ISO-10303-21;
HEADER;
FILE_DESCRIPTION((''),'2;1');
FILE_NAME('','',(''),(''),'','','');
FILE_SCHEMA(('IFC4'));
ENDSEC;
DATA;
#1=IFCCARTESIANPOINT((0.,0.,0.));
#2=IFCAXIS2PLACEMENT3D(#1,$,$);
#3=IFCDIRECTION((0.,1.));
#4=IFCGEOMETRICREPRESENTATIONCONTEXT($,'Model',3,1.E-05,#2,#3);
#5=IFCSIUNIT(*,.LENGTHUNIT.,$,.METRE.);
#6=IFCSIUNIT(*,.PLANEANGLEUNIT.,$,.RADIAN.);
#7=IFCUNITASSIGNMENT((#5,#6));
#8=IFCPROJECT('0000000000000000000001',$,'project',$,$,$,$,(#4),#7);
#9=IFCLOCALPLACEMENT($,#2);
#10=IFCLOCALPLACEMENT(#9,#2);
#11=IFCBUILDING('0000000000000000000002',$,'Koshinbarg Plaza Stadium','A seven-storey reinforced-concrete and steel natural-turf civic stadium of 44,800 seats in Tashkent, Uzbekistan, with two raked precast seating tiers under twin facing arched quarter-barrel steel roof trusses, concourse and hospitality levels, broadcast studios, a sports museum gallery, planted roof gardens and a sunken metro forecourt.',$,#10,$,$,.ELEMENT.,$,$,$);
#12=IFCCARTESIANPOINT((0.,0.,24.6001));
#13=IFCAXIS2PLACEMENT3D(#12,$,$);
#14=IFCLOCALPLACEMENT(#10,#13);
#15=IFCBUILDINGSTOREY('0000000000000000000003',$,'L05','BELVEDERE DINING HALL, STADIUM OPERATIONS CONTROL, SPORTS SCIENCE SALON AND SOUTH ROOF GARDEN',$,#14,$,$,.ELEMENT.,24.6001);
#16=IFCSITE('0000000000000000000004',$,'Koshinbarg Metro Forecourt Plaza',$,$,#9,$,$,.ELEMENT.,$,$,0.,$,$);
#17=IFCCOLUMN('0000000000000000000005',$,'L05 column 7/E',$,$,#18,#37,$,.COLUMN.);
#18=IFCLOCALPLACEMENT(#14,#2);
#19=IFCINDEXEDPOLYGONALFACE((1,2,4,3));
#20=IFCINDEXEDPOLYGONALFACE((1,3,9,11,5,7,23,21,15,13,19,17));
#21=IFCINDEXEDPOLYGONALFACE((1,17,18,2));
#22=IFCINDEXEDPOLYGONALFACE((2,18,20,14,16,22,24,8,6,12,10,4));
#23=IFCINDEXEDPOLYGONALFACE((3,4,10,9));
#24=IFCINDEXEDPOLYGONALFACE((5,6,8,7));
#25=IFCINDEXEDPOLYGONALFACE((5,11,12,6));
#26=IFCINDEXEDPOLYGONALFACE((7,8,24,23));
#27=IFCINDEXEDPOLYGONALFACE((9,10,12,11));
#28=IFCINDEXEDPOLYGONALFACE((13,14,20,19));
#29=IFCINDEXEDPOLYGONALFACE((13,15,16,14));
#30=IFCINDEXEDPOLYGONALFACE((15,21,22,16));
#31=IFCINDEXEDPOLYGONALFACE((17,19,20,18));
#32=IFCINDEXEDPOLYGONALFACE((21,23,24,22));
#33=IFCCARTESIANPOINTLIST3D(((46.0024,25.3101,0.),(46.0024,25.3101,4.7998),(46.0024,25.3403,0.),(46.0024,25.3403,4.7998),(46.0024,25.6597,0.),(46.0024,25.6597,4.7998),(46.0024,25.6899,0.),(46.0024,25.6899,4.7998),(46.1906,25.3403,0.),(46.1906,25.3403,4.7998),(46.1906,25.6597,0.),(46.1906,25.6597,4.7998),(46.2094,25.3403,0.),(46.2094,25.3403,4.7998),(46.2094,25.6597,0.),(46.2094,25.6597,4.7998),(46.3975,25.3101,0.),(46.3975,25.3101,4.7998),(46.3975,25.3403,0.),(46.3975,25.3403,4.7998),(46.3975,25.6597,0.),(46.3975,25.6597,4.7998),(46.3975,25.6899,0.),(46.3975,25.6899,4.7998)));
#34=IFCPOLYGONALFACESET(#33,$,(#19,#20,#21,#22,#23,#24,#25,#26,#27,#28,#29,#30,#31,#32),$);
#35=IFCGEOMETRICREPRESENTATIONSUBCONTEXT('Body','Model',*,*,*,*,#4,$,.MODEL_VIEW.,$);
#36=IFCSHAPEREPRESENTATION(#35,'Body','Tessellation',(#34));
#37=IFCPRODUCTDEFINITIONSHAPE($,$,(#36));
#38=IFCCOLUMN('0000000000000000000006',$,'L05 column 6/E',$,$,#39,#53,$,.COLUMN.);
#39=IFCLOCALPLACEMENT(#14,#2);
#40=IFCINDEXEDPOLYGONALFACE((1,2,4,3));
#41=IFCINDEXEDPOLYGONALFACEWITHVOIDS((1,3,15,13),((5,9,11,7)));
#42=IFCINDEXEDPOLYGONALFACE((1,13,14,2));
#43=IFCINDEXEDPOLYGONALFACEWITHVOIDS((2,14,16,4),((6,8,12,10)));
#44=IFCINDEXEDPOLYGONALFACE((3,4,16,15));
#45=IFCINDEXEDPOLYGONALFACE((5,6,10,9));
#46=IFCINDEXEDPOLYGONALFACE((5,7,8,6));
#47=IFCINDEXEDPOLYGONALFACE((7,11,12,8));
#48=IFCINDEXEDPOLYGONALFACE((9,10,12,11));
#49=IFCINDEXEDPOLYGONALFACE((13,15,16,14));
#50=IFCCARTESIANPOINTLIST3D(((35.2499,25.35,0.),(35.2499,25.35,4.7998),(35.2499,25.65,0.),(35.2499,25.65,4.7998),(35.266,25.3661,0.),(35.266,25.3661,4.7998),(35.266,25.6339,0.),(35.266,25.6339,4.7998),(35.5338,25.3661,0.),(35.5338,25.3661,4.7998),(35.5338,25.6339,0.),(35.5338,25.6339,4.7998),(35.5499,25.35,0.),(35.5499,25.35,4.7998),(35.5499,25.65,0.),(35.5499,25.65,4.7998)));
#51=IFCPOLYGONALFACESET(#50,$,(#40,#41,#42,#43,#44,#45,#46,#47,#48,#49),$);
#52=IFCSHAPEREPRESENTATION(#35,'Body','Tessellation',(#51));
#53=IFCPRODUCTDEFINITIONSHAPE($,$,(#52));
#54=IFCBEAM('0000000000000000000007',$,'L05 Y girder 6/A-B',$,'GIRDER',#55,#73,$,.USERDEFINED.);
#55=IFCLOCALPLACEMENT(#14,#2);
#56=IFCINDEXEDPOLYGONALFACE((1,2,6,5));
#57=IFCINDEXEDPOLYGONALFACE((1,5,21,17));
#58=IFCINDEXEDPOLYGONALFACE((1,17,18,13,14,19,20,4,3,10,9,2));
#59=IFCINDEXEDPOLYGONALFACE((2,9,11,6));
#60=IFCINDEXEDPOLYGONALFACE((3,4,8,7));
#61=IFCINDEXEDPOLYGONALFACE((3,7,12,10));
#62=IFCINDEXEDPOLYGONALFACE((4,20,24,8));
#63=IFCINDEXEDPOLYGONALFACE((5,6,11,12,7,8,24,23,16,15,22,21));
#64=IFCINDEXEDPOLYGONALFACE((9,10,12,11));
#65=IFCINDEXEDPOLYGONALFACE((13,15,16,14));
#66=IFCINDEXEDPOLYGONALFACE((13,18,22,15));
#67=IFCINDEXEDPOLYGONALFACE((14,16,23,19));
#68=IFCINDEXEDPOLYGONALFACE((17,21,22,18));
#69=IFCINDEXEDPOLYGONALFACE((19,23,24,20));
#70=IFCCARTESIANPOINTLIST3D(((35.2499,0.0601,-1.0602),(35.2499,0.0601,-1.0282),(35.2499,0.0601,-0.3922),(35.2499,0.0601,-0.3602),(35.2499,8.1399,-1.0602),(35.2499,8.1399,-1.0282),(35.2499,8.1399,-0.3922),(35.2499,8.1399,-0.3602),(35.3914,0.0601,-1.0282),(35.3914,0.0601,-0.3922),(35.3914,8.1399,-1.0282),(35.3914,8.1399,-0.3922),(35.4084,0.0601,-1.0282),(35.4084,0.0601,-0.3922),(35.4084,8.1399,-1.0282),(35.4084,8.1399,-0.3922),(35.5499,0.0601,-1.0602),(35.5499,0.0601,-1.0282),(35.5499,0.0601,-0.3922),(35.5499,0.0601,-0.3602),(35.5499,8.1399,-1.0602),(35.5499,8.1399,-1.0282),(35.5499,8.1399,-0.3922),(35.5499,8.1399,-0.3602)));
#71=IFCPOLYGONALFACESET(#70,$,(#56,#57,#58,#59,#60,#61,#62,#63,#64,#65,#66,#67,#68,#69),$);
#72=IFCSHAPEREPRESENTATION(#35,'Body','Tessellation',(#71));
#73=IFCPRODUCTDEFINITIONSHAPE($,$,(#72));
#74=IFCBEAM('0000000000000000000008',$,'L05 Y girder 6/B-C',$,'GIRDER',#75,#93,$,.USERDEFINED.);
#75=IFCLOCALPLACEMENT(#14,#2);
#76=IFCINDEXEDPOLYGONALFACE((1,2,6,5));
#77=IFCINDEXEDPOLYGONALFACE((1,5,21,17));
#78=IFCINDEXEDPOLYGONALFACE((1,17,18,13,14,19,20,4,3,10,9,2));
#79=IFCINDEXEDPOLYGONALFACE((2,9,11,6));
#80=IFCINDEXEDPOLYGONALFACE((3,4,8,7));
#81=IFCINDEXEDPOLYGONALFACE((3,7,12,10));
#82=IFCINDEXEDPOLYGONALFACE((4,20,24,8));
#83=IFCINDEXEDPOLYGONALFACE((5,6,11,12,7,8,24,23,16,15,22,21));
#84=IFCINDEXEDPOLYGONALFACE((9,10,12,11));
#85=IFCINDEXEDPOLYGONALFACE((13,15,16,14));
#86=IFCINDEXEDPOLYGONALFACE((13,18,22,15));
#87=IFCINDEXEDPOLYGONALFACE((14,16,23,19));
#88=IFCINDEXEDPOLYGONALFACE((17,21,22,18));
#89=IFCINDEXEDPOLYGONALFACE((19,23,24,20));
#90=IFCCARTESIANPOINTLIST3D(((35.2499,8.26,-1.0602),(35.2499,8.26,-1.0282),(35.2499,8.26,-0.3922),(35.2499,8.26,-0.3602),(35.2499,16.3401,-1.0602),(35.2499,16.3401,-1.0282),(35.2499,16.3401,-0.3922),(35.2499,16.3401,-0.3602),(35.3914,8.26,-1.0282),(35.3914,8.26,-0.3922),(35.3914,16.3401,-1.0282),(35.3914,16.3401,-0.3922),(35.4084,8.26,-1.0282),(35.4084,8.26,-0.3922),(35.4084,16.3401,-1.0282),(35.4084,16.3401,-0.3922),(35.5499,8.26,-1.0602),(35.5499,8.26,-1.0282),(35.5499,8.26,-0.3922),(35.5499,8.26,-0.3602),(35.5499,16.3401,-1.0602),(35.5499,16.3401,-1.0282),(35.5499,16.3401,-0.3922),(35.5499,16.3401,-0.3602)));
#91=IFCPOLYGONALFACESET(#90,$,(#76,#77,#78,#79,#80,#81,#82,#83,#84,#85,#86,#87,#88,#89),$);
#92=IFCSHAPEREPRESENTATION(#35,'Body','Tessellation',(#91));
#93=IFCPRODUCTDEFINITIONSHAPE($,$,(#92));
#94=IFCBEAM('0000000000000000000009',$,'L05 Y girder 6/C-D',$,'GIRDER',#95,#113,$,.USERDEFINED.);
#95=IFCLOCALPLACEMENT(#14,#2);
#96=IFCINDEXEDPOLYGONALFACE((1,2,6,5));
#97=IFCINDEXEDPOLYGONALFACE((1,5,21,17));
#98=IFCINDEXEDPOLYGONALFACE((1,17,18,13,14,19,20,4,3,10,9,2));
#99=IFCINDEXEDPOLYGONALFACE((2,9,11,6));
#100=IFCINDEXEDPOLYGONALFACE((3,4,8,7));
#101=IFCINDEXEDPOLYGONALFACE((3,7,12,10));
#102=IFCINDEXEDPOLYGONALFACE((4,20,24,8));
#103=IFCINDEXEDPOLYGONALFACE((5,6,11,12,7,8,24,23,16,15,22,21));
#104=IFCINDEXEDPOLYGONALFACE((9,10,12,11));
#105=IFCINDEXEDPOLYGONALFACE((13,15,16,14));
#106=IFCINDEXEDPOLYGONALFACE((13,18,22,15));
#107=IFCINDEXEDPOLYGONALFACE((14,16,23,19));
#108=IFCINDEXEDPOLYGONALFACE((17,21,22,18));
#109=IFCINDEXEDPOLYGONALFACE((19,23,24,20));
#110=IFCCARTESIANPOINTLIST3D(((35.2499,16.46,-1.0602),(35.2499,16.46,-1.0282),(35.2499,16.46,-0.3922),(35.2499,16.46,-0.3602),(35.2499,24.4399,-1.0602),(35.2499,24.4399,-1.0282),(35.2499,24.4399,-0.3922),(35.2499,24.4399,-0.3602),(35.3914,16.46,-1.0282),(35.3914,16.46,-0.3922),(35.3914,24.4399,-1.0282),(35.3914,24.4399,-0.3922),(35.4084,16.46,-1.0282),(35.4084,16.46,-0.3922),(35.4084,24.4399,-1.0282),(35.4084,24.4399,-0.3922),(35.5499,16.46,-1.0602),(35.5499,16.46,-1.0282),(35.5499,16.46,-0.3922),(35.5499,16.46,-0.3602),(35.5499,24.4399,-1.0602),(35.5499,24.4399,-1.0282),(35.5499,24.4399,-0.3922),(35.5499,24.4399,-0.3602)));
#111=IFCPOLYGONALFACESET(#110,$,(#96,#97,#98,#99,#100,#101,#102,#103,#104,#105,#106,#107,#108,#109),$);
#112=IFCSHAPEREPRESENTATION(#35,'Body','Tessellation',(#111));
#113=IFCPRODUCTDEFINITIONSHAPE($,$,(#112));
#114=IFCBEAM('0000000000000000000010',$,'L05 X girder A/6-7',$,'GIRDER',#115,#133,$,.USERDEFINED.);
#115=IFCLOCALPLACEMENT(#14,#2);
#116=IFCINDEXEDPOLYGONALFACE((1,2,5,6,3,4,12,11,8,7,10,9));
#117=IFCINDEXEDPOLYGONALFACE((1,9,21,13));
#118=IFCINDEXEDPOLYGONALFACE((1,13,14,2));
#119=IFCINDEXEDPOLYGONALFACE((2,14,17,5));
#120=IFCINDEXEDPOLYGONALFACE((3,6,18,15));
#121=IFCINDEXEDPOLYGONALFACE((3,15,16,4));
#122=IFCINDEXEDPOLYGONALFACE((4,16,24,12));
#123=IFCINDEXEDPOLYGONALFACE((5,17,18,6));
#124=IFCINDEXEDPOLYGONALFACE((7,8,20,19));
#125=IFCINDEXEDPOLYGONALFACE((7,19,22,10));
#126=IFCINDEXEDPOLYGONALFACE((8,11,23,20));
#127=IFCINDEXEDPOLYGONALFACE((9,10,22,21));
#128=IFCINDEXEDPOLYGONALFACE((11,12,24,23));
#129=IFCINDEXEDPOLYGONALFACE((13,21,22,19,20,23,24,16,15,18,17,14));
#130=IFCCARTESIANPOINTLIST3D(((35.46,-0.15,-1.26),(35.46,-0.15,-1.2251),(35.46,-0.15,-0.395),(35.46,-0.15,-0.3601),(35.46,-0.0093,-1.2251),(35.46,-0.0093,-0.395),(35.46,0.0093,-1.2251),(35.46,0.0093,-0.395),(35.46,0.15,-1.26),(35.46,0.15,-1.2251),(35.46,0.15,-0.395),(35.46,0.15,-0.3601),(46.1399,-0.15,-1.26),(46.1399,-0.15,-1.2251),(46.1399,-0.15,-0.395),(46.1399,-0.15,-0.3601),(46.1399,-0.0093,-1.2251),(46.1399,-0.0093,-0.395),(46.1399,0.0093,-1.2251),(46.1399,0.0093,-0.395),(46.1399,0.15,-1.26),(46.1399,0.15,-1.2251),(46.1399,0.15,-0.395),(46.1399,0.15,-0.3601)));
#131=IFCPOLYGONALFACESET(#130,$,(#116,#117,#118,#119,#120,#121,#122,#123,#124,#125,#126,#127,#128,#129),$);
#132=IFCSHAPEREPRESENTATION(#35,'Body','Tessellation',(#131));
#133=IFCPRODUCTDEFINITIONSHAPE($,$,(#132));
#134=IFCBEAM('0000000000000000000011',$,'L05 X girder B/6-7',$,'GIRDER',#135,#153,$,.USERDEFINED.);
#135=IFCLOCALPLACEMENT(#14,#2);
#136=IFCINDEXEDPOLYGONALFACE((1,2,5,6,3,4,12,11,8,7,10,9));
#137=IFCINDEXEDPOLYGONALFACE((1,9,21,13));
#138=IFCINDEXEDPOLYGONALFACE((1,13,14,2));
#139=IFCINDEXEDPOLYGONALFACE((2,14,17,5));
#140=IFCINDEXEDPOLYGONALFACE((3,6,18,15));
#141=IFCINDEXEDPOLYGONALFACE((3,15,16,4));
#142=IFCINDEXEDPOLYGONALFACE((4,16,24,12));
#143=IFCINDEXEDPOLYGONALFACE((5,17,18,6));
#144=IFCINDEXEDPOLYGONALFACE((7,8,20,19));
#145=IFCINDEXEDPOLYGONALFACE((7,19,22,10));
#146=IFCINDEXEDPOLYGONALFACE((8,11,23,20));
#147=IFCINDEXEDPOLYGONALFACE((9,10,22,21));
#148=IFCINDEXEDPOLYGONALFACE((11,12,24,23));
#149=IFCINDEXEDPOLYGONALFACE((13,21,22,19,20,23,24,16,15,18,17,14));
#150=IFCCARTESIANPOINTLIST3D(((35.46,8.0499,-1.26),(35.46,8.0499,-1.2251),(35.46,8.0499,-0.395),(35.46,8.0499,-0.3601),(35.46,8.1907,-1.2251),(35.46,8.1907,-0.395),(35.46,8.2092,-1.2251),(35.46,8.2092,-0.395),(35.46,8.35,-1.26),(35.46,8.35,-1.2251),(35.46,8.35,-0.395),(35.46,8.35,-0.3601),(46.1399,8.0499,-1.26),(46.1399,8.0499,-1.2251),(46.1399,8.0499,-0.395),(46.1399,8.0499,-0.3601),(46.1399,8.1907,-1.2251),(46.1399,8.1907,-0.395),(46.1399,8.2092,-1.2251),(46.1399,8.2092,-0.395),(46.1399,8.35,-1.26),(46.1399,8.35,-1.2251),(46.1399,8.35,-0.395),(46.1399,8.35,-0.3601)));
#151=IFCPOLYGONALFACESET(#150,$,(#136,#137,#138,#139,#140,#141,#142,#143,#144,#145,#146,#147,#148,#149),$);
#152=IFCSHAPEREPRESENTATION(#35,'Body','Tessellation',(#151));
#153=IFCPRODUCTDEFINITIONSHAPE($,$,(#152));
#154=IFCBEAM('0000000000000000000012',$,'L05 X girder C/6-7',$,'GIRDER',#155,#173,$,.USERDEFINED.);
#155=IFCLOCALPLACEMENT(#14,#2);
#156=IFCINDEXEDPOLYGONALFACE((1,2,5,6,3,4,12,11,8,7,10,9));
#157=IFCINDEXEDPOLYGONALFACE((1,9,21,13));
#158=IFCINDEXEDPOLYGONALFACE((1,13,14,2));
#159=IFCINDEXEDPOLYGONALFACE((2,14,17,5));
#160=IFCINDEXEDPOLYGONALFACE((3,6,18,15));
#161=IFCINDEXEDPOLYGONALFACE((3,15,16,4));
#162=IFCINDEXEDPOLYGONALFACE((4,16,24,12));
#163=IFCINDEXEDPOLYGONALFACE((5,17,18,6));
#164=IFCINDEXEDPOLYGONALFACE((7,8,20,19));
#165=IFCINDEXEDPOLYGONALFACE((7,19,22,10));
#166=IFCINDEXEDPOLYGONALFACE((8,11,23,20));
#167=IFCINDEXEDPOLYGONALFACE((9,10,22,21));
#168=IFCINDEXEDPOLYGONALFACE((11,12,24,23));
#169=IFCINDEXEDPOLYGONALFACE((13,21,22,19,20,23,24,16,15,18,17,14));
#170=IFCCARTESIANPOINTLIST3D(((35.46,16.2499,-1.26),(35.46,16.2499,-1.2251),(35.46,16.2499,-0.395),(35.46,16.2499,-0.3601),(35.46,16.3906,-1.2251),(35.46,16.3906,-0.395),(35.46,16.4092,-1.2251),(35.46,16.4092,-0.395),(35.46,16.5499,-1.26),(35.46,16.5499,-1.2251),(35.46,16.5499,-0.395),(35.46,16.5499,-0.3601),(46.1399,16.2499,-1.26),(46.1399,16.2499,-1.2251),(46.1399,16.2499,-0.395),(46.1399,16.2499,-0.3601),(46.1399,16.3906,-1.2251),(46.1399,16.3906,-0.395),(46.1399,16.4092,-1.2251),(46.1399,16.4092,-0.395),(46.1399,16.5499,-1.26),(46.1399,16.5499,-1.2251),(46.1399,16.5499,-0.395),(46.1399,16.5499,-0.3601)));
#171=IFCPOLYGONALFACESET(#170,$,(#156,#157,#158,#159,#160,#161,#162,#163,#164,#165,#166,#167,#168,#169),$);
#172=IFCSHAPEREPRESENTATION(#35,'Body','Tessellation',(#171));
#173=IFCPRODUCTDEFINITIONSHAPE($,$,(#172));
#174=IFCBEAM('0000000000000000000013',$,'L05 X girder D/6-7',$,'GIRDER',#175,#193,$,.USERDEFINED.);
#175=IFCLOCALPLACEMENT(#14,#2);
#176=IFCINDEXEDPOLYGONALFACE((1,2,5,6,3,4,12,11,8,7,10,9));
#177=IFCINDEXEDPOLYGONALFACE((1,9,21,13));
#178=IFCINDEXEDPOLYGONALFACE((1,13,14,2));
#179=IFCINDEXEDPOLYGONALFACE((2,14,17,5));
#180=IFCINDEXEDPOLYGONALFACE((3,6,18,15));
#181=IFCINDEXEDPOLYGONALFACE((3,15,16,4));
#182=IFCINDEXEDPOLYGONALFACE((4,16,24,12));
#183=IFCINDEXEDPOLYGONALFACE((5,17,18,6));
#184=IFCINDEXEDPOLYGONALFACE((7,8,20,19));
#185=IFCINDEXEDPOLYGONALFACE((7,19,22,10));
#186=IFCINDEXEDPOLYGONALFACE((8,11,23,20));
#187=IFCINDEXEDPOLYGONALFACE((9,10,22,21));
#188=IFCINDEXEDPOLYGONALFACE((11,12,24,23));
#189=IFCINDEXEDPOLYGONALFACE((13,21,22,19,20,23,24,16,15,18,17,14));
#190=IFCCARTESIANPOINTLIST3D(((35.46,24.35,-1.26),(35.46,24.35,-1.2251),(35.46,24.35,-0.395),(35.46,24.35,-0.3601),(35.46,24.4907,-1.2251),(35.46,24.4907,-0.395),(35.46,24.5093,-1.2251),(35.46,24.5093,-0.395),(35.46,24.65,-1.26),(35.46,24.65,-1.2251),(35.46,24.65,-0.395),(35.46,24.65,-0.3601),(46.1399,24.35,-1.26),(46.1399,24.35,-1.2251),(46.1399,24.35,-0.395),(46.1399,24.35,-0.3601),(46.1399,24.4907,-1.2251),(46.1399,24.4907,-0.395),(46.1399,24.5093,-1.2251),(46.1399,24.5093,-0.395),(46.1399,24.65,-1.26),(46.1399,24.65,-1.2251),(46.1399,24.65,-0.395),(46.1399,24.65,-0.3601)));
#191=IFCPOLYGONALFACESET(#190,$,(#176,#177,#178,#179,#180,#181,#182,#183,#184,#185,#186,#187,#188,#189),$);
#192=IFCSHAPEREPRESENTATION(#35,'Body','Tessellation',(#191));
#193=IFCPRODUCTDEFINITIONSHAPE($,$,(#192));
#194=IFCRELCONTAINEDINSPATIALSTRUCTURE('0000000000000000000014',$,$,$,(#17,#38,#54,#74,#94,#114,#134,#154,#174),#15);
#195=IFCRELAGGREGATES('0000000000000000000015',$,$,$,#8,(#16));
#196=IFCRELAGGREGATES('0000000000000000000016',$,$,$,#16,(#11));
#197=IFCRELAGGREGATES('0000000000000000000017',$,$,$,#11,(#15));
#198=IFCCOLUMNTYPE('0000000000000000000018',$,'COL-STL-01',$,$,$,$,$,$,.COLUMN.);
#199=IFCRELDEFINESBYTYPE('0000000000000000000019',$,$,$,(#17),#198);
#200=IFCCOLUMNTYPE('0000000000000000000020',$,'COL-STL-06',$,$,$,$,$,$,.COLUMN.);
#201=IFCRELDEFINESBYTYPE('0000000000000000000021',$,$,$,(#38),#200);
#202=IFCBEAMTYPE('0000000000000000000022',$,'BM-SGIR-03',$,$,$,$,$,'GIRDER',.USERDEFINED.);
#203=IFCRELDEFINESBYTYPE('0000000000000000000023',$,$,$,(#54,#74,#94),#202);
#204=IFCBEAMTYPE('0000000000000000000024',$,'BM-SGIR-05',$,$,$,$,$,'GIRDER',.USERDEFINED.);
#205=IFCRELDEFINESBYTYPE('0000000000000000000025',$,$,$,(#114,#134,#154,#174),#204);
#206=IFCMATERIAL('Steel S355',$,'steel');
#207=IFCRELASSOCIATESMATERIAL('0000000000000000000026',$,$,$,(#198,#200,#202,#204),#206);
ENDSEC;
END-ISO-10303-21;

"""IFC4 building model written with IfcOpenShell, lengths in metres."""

from ifc_helpers import new_model, si_unit, direction, frame, origin, origin_2d, place, context, subcontext, project, spatial, hollow_rectangle, i_section, extrude, material, material_profile, profile_set, type_object, element, save


model = new_model("IFC4")

# Units and contexts
model_context = context("Model", 3, precision=1e-05, world=origin(), true_north=direction((0.0, 1.0)))
body_context = subcontext(model_context, "Body", "Model", "MODEL_VIEW")
ifc_project = project(units=[si_unit("LENGTHUNIT", "METRE"), si_unit("PLANEANGLEUNIT", "RADIAN")], contexts=[model_context])

# Site, building, storey
site_placement = place(None, origin())
site = spatial("IfcSite", under=ifc_project, at=site_placement, Name="Koshinbarg Metro Forecourt Plaza", CompositionType="ELEMENT", RefElevation=0.0)
building_placement = place(site_placement, origin())
building = spatial("IfcBuilding", under=site, at=building_placement, Name="Koshinbarg Plaza Stadium", Description="A seven-storey reinforced-concrete and steel natural-turf civic stadium of 44,800 seats in Tashkent, Uzbekistan, with two raked precast seating tiers under twin facing arched quarter-barrel steel roof trusses, concourse and hospitality levels, broadcast studios, a sports museum gallery, planted roof gardens and a sunken metro forecourt.", CompositionType="ELEMENT")
storey_placement = place(building_placement, frame((0.0, 0.0, 24.6001)))
storey = spatial("IfcBuildingStorey", under=building, at=storey_placement, Name="L05", Description="BELVEDERE DINING HALL, STADIUM OPERATIONS CONTROL, SPORTS SCIENCE SALON AND SOUTH ROOF GARDEN", CompositionType="ELEMENT", Elevation=24.6001)

# Columns
ifc_material_1 = material(Name="Steel S355", Category="steel")
ifc_material_profile_1 = material_profile(ifc_material_1, i_section(OverallWidth=0.395, OverallDepth=0.3799, WebThickness=0.0188, FlangeThickness=0.0303, at=origin_2d()), Name="HD 400x237")
ifc_profile_set_1 = profile_set([ifc_material_profile_1], Name="Steel S355")
column_type_1 = type_object("IfcColumnType", Name="COL-STL-01", PredefinedType="COLUMN", material=ifc_profile_set_1)
column_1_placement = place(storey_placement, frame((46.2, 25.5, 0.0), z_axis=(0.0, 0.0, 1.0), x_axis=(1.0, 0.0, 0.0)))
element("IfcColumn", 1, at=column_1_placement, inside=storey, type_object=column_type_1, Name="L05 column 7/E", PredefinedType="COLUMN", context=body_context, shape_type="SweptSolid", body=[
    extrude(i_section(OverallWidth=0.395, OverallDepth=0.3799, WebThickness=0.0188, FlangeThickness=0.0303, at=origin_2d()), origin(), (0.0, 0.0, 1.0), 4.7998),
])
ifc_material_profile_2 = material_profile(ifc_material_1, hollow_rectangle(XDim=0.3, YDim=0.3, WallThickness=0.0161, at=origin_2d()), Name="SHS 300x300x16")
ifc_profile_set_2 = profile_set([ifc_material_profile_2], Name="Steel S355")
column_type_2 = type_object("IfcColumnType", Name="COL-STL-06", PredefinedType="COLUMN", material=ifc_profile_set_2)
column_2_placement = place(storey_placement, frame((35.3999, 25.5, 0.0), z_axis=(0.0, 0.0, 1.0), x_axis=(1.0, 0.0, 0.0)))
element("IfcColumn", 2, at=column_2_placement, inside=storey, type_object=column_type_2, Name="L05 column 6/E", PredefinedType="COLUMN", context=body_context, shape_type="SweptSolid", body=[
    extrude(hollow_rectangle(XDim=0.3, YDim=0.3, WallThickness=0.0161, at=origin_2d()), origin(), (0.0, 0.0, 1.0), 4.7998),
])

# Beams
ifc_material_profile_3 = material_profile(ifc_material_1, i_section(OverallWidth=0.3, OverallDepth=0.7, WebThickness=0.0171, FlangeThickness=0.032, at=origin_2d()), Name="HEB 700")
ifc_profile_set_3 = profile_set([ifc_material_profile_3], Name="Steel S355")
beam_type_1 = type_object("IfcBeamType", Name="BM-SGIR-03", ElementType="GIRDER", PredefinedType="USERDEFINED", material=ifc_profile_set_3)
beam_1_placement = place(storey_placement, frame((35.3999, 0.0601, -0.7102), z_axis=(0.0, 1.0, 0.0), x_axis=(-1.0, 0.0, 0.0)))
element("IfcBeam", 3, at=beam_1_placement, inside=storey, type_object=beam_type_1, Name="L05 Y girder 6/A-B", ObjectType="GIRDER", PredefinedType="USERDEFINED", context=body_context, shape_type="SweptSolid", body=[
    extrude(i_section(OverallWidth=0.3, OverallDepth=0.7, WebThickness=0.0171, FlangeThickness=0.032, at=origin_2d()), origin(), (0.0, 0.0, 1.0), 8.0798),
])
beam_2_placement = place(storey_placement, frame((35.3999, 8.26, -0.7102), z_axis=(0.0, 1.0, 0.0), x_axis=(-1.0, 0.0, 0.0)))
element("IfcBeam", 4, at=beam_2_placement, inside=storey, type_object=beam_type_1, Name="L05 Y girder 6/B-C", ObjectType="GIRDER", PredefinedType="USERDEFINED", context=body_context, shape_type="SweptSolid", body=[
    extrude(i_section(OverallWidth=0.3, OverallDepth=0.7, WebThickness=0.0171, FlangeThickness=0.032, at=origin_2d()), origin(), (0.0, 0.0, 1.0), 8.0801),
])
beam_3_placement = place(storey_placement, frame((35.3999, 16.46, -0.7102), z_axis=(0.0, 1.0, 0.0), x_axis=(-1.0, 0.0, 0.0)))
element("IfcBeam", 5, at=beam_3_placement, inside=storey, type_object=beam_type_1, Name="L05 Y girder 6/C-D", ObjectType="GIRDER", PredefinedType="USERDEFINED", context=body_context, shape_type="SweptSolid", body=[
    extrude(i_section(OverallWidth=0.3, OverallDepth=0.7, WebThickness=0.0171, FlangeThickness=0.032, at=origin_2d()), origin(), (0.0, 0.0, 1.0), 7.98),
])
ifc_material_profile_4 = material_profile(ifc_material_1, i_section(OverallWidth=0.3, OverallDepth=0.8999, WebThickness=0.0186, FlangeThickness=0.0349, at=origin_2d()), Name="HEB 900")
ifc_profile_set_4 = profile_set([ifc_material_profile_4], Name="Steel S355")
beam_type_2 = type_object("IfcBeamType", Name="BM-SGIR-05", ElementType="GIRDER", PredefinedType="USERDEFINED", material=ifc_profile_set_4)
for number, where, z_axis, x_axis, name in (
    (6, (35.46, 0.0, -0.8101), (1.0, 0.0, 0.0), (0.0, 1.0, 0.0), "L05 X girder A/6-7"),
    (7, (35.46, 8.2, -0.8101), (1.0, 0.0, 0.0), (0.0, 1.0, 0.0), "L05 X girder B/6-7"),
    (8, (35.46, 16.3999, -0.8101), (1.0, 0.0, 0.0), (0.0, 1.0, 0.0), "L05 X girder C/6-7"),
    (9, (35.46, 24.5, -0.8101), (1.0, 0.0, 0.0), (0.0, 1.0, 0.0), "L05 X girder D/6-7"),
):
    element("IfcBeam", number, at=place(storey_placement, frame(where, z_axis=z_axis, x_axis=x_axis)), inside=storey, type_object=beam_type_2, Name=name, ObjectType="GIRDER", PredefinedType="USERDEFINED", context=body_context, shape_type="SweptSolid", body=[
        extrude(i_section(OverallWidth=0.3, OverallDepth=0.8999, WebThickness=0.0186, FlangeThickness=0.0349, at=origin_2d()), origin(), (0.0, 0.0, 1.0), 10.6799),
    ])

save(model, "model.ifc")
